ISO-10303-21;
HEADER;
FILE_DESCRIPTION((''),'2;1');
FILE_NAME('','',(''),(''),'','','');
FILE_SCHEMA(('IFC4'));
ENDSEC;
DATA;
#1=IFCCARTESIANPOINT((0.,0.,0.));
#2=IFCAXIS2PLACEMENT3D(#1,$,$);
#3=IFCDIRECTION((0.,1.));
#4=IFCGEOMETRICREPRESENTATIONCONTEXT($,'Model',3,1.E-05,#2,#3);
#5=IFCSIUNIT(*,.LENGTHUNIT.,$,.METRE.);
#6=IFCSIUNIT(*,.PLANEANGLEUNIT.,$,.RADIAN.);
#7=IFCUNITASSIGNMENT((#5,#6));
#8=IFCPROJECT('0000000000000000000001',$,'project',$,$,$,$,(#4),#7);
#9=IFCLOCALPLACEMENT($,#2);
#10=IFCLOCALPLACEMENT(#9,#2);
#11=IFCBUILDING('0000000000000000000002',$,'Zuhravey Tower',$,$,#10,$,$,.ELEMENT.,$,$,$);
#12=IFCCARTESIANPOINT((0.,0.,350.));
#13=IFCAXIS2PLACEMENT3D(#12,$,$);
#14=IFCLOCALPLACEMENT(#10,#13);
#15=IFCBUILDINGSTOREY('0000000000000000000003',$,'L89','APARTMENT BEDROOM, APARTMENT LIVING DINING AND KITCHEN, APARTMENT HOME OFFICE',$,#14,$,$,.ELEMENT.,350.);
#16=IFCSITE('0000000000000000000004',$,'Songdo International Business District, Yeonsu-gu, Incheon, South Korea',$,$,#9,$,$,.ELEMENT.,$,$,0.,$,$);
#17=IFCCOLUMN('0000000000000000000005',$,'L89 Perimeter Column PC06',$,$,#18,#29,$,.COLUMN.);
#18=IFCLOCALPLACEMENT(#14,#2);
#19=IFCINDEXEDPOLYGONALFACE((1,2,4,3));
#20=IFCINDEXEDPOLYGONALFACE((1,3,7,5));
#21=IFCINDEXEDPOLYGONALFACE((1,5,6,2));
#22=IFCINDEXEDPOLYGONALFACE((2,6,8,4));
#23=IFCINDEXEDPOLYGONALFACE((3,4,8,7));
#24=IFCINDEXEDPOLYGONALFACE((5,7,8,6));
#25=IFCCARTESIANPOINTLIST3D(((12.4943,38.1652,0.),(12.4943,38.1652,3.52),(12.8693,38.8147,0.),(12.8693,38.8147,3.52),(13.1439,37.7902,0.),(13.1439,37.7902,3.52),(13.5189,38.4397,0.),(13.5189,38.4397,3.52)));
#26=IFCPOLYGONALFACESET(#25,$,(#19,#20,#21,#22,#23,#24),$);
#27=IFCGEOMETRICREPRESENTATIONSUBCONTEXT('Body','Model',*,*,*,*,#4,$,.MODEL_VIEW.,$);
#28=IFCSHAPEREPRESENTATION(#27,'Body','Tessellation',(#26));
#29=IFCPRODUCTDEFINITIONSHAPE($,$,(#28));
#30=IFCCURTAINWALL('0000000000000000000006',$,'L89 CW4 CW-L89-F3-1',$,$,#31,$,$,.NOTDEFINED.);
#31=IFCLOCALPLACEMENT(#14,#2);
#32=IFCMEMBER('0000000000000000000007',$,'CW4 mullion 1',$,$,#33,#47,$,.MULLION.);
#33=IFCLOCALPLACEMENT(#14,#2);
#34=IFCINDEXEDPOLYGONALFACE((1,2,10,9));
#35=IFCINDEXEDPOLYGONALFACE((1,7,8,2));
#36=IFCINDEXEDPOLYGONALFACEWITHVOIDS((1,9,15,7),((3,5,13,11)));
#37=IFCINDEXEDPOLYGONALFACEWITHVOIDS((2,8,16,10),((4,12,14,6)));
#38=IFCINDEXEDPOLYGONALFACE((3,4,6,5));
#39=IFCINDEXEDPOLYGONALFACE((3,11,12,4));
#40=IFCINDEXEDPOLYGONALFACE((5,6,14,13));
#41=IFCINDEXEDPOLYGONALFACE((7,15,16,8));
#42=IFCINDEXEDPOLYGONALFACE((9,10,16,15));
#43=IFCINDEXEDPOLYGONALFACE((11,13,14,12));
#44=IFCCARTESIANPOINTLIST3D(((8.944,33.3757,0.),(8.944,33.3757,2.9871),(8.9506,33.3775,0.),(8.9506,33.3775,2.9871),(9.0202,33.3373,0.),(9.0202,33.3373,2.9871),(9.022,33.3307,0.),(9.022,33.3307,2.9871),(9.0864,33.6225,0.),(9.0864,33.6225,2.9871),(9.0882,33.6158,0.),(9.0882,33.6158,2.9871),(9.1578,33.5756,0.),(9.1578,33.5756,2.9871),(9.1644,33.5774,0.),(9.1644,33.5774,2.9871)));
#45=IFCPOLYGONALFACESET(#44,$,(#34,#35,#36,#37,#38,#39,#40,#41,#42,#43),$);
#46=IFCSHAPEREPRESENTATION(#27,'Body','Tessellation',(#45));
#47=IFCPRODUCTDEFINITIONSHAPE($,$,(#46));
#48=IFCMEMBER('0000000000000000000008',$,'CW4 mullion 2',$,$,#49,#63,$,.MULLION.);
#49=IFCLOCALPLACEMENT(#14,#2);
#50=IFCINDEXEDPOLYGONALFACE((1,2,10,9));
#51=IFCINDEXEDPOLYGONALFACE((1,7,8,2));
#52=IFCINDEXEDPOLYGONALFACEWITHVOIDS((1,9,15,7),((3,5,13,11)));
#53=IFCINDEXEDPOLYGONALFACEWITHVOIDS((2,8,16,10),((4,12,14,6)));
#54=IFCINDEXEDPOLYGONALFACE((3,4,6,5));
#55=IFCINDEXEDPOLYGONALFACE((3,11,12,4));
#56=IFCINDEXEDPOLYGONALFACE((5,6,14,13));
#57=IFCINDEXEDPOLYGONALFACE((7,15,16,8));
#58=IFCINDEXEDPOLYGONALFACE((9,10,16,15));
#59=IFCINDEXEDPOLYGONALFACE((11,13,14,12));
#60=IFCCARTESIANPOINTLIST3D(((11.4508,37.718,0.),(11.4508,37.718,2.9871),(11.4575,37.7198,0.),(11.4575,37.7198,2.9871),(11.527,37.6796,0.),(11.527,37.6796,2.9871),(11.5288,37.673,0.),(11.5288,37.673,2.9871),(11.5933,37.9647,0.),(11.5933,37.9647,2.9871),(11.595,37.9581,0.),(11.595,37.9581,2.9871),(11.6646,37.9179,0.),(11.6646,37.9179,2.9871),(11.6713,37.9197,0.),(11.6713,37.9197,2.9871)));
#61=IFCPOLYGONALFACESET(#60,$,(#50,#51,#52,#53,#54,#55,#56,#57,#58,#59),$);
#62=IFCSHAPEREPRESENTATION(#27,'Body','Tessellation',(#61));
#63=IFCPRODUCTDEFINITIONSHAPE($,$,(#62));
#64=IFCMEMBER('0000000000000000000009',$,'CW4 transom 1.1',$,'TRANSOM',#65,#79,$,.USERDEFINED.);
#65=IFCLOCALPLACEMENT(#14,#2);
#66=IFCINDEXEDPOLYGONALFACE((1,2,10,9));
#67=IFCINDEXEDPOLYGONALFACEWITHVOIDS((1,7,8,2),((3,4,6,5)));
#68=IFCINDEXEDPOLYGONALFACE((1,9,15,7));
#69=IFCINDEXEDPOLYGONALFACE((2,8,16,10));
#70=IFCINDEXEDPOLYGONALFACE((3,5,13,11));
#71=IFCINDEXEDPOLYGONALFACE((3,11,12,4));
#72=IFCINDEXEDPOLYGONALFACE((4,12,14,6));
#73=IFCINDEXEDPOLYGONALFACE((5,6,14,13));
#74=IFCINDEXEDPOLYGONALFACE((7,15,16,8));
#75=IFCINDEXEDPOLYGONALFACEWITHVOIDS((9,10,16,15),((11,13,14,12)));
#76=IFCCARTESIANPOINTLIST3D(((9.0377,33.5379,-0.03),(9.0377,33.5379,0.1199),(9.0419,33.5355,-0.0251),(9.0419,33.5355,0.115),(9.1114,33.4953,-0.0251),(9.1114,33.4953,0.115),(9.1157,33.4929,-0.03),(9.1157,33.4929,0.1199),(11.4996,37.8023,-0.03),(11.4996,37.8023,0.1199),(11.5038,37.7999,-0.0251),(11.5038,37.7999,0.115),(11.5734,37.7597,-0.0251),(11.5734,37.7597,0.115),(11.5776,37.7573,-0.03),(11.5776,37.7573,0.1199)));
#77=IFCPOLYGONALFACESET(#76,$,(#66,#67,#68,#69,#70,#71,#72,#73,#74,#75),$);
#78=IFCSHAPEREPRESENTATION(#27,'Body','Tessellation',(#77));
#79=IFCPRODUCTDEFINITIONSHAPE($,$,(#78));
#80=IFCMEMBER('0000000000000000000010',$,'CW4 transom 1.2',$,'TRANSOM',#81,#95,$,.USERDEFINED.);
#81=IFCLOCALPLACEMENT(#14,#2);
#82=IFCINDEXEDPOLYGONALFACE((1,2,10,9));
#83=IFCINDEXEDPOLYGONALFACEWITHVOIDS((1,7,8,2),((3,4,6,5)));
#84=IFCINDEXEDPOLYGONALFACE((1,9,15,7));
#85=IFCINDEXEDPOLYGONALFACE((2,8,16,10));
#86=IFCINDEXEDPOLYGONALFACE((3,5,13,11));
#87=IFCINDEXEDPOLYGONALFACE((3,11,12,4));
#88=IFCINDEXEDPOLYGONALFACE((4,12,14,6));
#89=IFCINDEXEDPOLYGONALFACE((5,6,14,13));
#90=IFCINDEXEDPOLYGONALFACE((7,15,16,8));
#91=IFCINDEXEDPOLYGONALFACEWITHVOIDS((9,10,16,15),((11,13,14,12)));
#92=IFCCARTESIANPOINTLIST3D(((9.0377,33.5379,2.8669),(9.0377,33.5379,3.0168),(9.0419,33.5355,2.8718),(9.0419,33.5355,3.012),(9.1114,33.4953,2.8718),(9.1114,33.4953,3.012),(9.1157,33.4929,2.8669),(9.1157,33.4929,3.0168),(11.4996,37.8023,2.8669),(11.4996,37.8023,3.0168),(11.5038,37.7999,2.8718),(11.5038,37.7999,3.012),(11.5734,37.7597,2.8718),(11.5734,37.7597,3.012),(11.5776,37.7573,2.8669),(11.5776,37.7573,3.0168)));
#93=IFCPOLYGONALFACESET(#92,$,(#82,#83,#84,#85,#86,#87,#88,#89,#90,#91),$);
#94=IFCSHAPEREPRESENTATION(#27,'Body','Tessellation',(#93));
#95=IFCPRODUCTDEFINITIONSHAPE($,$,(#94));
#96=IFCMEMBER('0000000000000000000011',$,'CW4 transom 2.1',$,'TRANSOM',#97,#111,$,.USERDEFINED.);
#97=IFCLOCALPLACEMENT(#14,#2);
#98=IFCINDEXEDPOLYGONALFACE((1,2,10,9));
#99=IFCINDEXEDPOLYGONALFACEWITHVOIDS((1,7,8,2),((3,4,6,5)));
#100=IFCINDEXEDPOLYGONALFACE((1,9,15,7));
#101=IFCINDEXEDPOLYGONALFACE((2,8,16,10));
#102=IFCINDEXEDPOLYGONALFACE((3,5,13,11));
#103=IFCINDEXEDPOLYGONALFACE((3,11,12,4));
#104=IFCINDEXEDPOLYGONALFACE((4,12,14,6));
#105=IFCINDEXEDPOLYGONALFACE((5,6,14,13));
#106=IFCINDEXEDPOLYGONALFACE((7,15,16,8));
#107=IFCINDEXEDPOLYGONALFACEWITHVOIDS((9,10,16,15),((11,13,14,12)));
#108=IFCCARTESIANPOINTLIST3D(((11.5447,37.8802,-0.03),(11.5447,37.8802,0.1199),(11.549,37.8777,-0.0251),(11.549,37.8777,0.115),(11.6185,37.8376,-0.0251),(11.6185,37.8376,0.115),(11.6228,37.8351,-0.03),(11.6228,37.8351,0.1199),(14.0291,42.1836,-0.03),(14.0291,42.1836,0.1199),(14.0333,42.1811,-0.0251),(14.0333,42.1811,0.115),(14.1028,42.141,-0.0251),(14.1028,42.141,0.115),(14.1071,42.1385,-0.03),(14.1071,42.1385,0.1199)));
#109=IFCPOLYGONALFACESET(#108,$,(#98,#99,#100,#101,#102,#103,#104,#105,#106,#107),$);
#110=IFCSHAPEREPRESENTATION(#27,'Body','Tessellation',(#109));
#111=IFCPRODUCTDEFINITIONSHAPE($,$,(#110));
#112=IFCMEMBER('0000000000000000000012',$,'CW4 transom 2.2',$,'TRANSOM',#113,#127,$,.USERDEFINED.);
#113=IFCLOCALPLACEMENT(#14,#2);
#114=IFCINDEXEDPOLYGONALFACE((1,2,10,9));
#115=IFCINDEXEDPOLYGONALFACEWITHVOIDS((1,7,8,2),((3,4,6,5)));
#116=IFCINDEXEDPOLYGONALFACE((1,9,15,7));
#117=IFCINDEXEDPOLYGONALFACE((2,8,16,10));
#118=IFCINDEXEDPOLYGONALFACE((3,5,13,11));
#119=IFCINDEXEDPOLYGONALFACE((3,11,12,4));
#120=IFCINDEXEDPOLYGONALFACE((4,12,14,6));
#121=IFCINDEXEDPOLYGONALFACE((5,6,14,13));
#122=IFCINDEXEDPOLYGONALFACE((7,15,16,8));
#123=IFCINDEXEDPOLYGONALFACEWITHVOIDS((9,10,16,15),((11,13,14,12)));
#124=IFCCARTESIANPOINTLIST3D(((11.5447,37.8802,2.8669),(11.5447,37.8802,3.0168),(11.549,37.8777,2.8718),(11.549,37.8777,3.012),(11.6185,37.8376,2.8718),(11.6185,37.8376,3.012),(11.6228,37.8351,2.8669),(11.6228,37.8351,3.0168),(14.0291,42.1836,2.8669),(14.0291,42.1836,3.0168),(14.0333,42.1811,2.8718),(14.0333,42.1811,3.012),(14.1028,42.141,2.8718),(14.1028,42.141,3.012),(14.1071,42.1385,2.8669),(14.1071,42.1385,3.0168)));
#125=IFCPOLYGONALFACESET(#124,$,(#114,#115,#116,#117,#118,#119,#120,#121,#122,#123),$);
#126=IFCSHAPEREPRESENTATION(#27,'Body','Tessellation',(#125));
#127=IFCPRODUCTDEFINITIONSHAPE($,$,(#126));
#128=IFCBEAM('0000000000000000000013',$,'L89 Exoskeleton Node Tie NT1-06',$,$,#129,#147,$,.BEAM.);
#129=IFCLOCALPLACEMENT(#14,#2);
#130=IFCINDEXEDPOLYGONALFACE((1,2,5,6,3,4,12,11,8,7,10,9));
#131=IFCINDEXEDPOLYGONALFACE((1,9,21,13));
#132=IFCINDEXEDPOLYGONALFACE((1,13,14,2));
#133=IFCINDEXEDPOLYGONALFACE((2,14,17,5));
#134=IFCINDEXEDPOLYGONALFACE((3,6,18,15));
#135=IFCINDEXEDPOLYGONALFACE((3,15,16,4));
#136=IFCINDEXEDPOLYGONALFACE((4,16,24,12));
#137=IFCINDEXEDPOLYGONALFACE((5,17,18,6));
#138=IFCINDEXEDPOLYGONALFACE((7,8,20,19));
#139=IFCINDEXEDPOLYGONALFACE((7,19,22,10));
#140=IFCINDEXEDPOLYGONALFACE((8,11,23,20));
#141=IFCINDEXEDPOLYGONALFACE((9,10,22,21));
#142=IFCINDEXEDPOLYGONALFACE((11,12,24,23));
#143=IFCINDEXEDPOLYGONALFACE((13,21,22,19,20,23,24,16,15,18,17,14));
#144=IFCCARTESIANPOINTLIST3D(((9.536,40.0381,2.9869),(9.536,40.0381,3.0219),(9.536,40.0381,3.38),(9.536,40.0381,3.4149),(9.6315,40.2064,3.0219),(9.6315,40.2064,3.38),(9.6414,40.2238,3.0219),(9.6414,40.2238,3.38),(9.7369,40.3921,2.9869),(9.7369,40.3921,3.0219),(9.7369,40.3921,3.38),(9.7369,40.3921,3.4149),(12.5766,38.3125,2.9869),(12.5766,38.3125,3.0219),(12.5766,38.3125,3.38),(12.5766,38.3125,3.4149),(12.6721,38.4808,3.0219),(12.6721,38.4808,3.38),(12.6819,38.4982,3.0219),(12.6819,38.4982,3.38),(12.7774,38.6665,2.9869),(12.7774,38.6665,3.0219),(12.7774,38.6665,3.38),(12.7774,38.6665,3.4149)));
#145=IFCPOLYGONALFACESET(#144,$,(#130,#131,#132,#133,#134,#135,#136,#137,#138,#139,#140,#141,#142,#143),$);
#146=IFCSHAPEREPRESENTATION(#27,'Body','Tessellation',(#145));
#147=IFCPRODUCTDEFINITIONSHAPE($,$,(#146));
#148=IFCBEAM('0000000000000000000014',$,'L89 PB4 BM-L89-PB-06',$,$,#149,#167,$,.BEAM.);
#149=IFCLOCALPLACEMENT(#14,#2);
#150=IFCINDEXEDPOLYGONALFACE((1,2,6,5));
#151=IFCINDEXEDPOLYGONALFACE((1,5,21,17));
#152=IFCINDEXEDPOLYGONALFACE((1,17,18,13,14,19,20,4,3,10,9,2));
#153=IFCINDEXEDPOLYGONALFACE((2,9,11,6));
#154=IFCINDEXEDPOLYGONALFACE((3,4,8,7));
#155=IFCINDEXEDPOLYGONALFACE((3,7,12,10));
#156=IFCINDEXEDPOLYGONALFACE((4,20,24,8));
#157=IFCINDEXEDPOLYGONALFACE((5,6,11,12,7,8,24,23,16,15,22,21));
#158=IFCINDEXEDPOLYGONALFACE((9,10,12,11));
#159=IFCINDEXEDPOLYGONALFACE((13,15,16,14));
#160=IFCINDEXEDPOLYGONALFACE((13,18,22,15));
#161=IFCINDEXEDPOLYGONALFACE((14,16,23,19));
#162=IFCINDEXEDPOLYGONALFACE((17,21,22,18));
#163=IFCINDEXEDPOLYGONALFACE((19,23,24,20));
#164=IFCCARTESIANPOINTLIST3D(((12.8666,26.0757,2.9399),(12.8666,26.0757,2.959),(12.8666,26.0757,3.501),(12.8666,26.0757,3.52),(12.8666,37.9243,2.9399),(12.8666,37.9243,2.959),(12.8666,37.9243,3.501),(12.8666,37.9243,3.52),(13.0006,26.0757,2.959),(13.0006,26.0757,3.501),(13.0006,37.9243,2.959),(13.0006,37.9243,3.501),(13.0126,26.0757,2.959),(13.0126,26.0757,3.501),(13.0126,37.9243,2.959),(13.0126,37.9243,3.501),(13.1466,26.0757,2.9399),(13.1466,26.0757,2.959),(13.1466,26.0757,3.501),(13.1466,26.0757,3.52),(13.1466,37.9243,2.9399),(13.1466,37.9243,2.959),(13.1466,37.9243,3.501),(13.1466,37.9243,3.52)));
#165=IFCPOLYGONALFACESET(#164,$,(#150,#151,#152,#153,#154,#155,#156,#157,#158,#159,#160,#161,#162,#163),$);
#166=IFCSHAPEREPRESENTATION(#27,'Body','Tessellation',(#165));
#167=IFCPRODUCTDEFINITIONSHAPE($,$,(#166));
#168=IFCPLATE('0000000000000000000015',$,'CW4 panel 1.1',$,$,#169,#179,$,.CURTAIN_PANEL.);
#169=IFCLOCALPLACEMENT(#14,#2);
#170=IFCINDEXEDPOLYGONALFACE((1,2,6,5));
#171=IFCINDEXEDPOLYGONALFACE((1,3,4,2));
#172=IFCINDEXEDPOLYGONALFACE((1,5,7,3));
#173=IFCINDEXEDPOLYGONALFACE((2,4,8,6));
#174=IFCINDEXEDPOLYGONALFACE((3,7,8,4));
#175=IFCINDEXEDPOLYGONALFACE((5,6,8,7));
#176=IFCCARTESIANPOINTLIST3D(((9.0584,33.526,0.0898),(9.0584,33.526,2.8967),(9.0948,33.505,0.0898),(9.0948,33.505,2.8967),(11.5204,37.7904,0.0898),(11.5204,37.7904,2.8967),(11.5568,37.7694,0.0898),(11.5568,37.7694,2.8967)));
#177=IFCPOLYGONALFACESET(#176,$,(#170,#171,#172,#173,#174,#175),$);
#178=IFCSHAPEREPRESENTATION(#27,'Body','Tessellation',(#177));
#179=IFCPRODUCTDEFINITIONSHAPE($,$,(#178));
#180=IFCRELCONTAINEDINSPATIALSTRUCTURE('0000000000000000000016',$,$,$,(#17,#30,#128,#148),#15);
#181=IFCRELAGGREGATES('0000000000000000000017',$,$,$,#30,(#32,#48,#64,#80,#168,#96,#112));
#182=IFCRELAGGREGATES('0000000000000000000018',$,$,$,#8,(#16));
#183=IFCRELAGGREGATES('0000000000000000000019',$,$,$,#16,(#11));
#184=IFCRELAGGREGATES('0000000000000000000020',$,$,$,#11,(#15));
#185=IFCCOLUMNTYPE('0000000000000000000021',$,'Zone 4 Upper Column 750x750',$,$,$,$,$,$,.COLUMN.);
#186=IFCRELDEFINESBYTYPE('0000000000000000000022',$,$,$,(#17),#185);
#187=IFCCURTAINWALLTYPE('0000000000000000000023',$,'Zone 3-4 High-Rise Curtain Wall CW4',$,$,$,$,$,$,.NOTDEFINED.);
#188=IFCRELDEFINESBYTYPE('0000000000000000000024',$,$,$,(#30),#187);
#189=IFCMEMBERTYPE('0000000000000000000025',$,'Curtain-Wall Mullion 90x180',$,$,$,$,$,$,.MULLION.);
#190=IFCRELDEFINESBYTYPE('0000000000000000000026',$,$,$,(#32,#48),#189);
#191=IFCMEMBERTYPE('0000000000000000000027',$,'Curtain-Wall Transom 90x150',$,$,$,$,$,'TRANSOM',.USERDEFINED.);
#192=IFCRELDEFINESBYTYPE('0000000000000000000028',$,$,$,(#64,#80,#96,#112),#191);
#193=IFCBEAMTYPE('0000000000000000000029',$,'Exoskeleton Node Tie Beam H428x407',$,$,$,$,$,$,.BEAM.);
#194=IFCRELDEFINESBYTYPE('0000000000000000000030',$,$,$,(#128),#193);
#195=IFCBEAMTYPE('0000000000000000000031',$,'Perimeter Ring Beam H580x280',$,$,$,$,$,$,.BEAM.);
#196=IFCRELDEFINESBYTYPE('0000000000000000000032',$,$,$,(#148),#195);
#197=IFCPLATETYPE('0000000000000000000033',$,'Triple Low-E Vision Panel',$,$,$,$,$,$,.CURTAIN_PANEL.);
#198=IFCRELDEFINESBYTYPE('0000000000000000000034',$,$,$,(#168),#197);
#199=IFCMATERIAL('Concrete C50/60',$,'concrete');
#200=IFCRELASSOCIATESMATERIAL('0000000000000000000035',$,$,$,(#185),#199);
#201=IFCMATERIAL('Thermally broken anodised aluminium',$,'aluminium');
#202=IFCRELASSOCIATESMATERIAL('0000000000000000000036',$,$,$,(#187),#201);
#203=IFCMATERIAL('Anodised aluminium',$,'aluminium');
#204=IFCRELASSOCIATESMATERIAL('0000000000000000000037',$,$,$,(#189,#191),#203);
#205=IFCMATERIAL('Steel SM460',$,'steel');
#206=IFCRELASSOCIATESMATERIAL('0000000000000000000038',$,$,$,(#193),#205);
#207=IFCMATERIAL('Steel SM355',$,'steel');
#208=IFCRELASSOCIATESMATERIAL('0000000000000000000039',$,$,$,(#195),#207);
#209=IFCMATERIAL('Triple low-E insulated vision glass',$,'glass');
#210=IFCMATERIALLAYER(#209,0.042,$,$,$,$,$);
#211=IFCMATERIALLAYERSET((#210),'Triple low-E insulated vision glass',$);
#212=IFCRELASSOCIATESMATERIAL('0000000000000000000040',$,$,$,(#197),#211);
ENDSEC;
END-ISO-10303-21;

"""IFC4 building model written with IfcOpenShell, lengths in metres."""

from ifc_helpers import new_model, si_unit, direction, frame, origin, origin_2d, place, context, subcontext, project, spatial, rectangle, hollow_rectangle, i_section, extrude, material, layer, layer_set, material_profile, profile_set, type_object, element, aggregate, save


model = new_model("IFC4")

# Units and contexts
model_context = context("Model", 3, precision=1e-05, world=origin(), true_north=direction((0.0, 1.0)))
body_context = subcontext(model_context, "Body", "Model", "MODEL_VIEW")
ifc_project = project(units=[si_unit("LENGTHUNIT", "METRE"), si_unit("PLANEANGLEUNIT", "RADIAN")], contexts=[model_context])

# Site, building, storey
site_placement = place(None, origin())
site = spatial("IfcSite", under=ifc_project, at=site_placement, Name="Songdo International Business District, Yeonsu-gu, Incheon, South Korea", CompositionType="ELEMENT", RefElevation=0.0)
building_placement = place(site_placement, origin())
building = spatial("IfcBuilding", under=site, at=building_placement, Name="Zuhravey Tower", CompositionType="ELEMENT")
storey_placement = place(building_placement, frame((0.0, 0.0, 350.0)))
storey = spatial("IfcBuildingStorey", under=building, at=storey_placement, Name="L89", Description="APARTMENT BEDROOM, APARTMENT LIVING DINING AND KITCHEN, APARTMENT HOME OFFICE", CompositionType="ELEMENT", Elevation=350.0)

# Column
ifc_material_1 = material(Name="Concrete C50/60", Category="concrete")
ifc_material_profile_1 = material_profile(ifc_material_1, rectangle(XDim=0.75, YDim=0.75, at=origin_2d()), Name="RC-750x750")
ifc_profile_set_1 = profile_set([ifc_material_profile_1], Name="Concrete C50/60")
column_type = type_object("IfcColumnType", Name="Zone 4 Upper Column 750x750", PredefinedType="COLUMN", material=ifc_profile_set_1)
column_placement = place(storey_placement, frame((13.0066, 38.3025, 0.0), z_axis=(0.0, 0.0, 1.0), x_axis=(-0.5, -0.866025, 0.0)))
element("IfcColumn", 1, at=column_placement, inside=storey, type_object=column_type, Name="L89 Perimeter Column PC06", PredefinedType="COLUMN", context=body_context, shape_type="SweptSolid", body=[
    extrude(rectangle(XDim=0.75, YDim=0.75, at=origin_2d()), origin(), (0.0, 0.0, 1.0), 3.52),
])

# Curtain wall, members
ifc_material_2 = material(Name="Thermally broken anodised aluminium", Category="aluminium")
curtain_wall_type = type_object("IfcCurtainWallType", Name="Zone 3-4 High-Rise Curtain Wall CW4", PredefinedType="NOTDEFINED", material=ifc_material_2)
curtain_wall_placement = place(storey_placement, origin())
curtain_wall = element("IfcCurtainWall", 2, at=curtain_wall_placement, inside=storey, type_object=curtain_wall_type, Name="L89 CW4 CW-L89-F3-1", PredefinedType="NOTDEFINED")
ifc_material_3 = material(Name="Anodised aluminium", Category="aluminium")
ifc_material_profile_2 = material_profile(ifc_material_3, hollow_rectangle(XDim=0.0901, YDim=0.2849, WallThickness=0.0049, at=origin_2d()), Name="ALU-RHS-90x285x5")
ifc_profile_set_2 = profile_set([ifc_material_profile_2], Name="Anodised aluminium")
member_type_1 = type_object("IfcMemberType", Name="Curtain-Wall Mullion 90x180", PredefinedType="MULLION", material=ifc_profile_set_2)
member_1_placement = place(storey_placement, frame((9.0542, 33.4766, 0.0), z_axis=(0.0, 0.0, 1.0), x_axis=(-0.866026, 0.499998, 0.0)))
member_1 = element("IfcMember", 3, at=member_1_placement, type_object=member_type_1, Name="CW4 mullion 1", PredefinedType="MULLION", context=body_context, shape_type="SweptSolid", body=[
    extrude(hollow_rectangle(XDim=0.0901, YDim=0.2849, WallThickness=0.0049, at=origin_2d()), origin(), (0.0, 0.0, 1.0), 2.9871),
])
member_2_placement = place(storey_placement, frame((11.561, 37.8188, 0.0), z_axis=(0.0, 0.0, 1.0), x_axis=(-0.866026, 0.499998, 0.0)))
member_2 = element("IfcMember", 4, at=member_2_placement, type_object=member_type_1, Name="CW4 mullion 2", PredefinedType="MULLION", context=body_context, shape_type="SweptSolid", body=[
    extrude(hollow_rectangle(XDim=0.0901, YDim=0.2849, WallThickness=0.0049, at=origin_2d()), origin(), (0.0, 0.0, 1.0), 2.9871),
])
ifc_material_profile_3 = material_profile(ifc_material_3, hollow_rectangle(XDim=0.0901, YDim=0.1499, WallThickness=0.0049, at=origin_2d()), Name="ALU-RHS-90x150x5")
ifc_profile_set_3 = profile_set([ifc_material_profile_3], Name="Anodised aluminium")
member_type_2 = type_object("IfcMemberType", Name="Curtain-Wall Transom 90x150", ElementType="TRANSOM", PredefinedType="USERDEFINED", material=ifc_profile_set_3)
member_3_placement = place(storey_placement, frame((9.0767, 33.5154, 0.0449), z_axis=(0.499979, 0.866038, 0.0), x_axis=(-0.866038, 0.499979, 0.0)))
member_3 = element("IfcMember", 5, at=member_3_placement, type_object=member_type_2, Name="CW4 transom 1.1", ObjectType="TRANSOM", PredefinedType="USERDEFINED", context=body_context, shape_type="SweptSolid", body=[
    extrude(hollow_rectangle(XDim=0.0901, YDim=0.1499, WallThickness=0.0049, at=origin_2d()), origin(), (0.0, 0.0, 1.0), 4.9241),
])
member_4_placement = place(storey_placement, frame((9.0767, 33.5154, 2.9419), z_axis=(0.499979, 0.866038, 0.0), x_axis=(-0.866038, 0.499979, 0.0)))
member_4 = element("IfcMember", 6, at=member_4_placement, type_object=member_type_2, Name="CW4 transom 1.2", ObjectType="TRANSOM", PredefinedType="USERDEFINED", context=body_context, shape_type="SweptSolid", body=[
    extrude(hollow_rectangle(XDim=0.0901, YDim=0.1499, WallThickness=0.0049, at=origin_2d()), origin(), (0.0, 0.0, 1.0), 4.9241),
])
member_5_placement = place(storey_placement, frame((11.5837, 37.8577, 0.0449), z_axis=(0.499965, 0.866046, 0.0), x_axis=(-0.866046, 0.499965, 0.0)))
member_5 = element("IfcMember", 7, at=member_5_placement, type_object=member_type_2, Name="CW4 transom 2.1", ObjectType="TRANSOM", PredefinedType="USERDEFINED", context=body_context, shape_type="SweptSolid", body=[
    extrude(hollow_rectangle(XDim=0.0901, YDim=0.1499, WallThickness=0.0049, at=origin_2d()), origin(), (0.0, 0.0, 1.0), 4.969),
])
member_6_placement = place(storey_placement, frame((11.5837, 37.8577, 2.9419), z_axis=(0.499965, 0.866046, 0.0), x_axis=(-0.866046, 0.499965, 0.0)))
member_6 = element("IfcMember", 8, at=member_6_placement, type_object=member_type_2, Name="CW4 transom 2.2", ObjectType="TRANSOM", PredefinedType="USERDEFINED", context=body_context, shape_type="SweptSolid", body=[
    extrude(hollow_rectangle(XDim=0.0901, YDim=0.1499, WallThickness=0.0049, at=origin_2d()), origin(), (0.0, 0.0, 1.0), 4.969),
])

# Beams
ifc_material_4 = material(Name="Steel SM460", Category="steel")
ifc_material_profile_4 = material_profile(ifc_material_4, i_section(OverallWidth=0.407, OverallDepth=0.428, WebThickness=0.02, FlangeThickness=0.0349, at=origin_2d()), Name="H-428x407x20x35")
ifc_profile_set_4 = profile_set([ifc_material_profile_4], Name="Steel SM460")
beam_type_1 = type_object("IfcBeamType", Name="Exoskeleton Node Tie Beam H428x407", PredefinedType="BEAM", material=ifc_profile_set_4)
beam_1_placement = place(storey_placement, frame((12.677, 38.4895, 3.2009), z_axis=(-0.8697, 0.49358, 0.0), x_axis=(-0.49358, -0.8697, 0.0)))
element("IfcBeam", 9, at=beam_1_placement, inside=storey, type_object=beam_type_1, Name="L89 Exoskeleton Node Tie NT1-06", PredefinedType="BEAM", context=body_context, shape_type="SweptSolid", body=[
    extrude(i_section(OverallWidth=0.407, OverallDepth=0.428, WebThickness=0.02, FlangeThickness=0.0349, at=origin_2d()), origin(), (0.0, 0.0, 1.0), 3.4961),
])
ifc_material_5 = material(Name="Steel SM355", Category="steel")
ifc_material_profile_5 = material_profile(ifc_material_5, i_section(OverallWidth=0.28, OverallDepth=0.5801, WebThickness=0.012, FlangeThickness=0.019, at=origin_2d()), Name="H-580x280x12x19")
ifc_profile_set_5 = profile_set([ifc_material_profile_5], Name="Steel SM355")
beam_type_2 = type_object("IfcBeamType", Name="Perimeter Ring Beam H580x280", PredefinedType="BEAM", material=ifc_profile_set_5)
beam_2_placement = place(storey_placement, frame((13.0066, 37.9243, 3.23), z_axis=(0.0, -1.0, 0.0), x_axis=(1.0, 0.0, 0.0)))
element("IfcBeam", 10, at=beam_2_placement, inside=storey, type_object=beam_type_2, Name="L89 PB4 BM-L89-PB-06", PredefinedType="BEAM", context=body_context, shape_type="SweptSolid", body=[
    extrude(i_section(OverallWidth=0.28, OverallDepth=0.5801, WebThickness=0.012, FlangeThickness=0.019, at=origin_2d()), origin(), (0.0, 0.0, 1.0), 11.8486),
])

# Plate
ifc_material_6 = material(Name="Triple low-E insulated vision glass", Category="glass")
ifc_layer_1 = layer(ifc_material_6, 0.042)
ifc_layer_set_1 = layer_set([ifc_layer_1], Name="Triple low-E insulated vision glass")
plate_type = type_object("IfcPlateType", Name="Triple Low-E Vision Panel", PredefinedType="CURTAIN_PANEL", material=ifc_layer_set_1)
plate_1_placement = place(storey_placement, frame((10.3076, 35.6477, 0.0898), z_axis=(0.0, 0.0, 1.0), x_axis=(0.499998, 0.866026, 0.0)))
plate_1 = element("IfcPlate", 11, at=plate_1_placement, type_object=plate_type, Name="CW4 panel 1.1", PredefinedType="CURTAIN_PANEL", context=body_context, shape_type="SweptSolid", body=[
    extrude(rectangle(XDim=4.9241, YDim=0.042, at=origin_2d()), origin(), (0.0, 0.0, 1.0), 2.8069),
])
aggregate(curtain_wall, [member_1, member_2, member_3, member_4, plate_1, member_5, member_6])

save(model, "model.ifc")
